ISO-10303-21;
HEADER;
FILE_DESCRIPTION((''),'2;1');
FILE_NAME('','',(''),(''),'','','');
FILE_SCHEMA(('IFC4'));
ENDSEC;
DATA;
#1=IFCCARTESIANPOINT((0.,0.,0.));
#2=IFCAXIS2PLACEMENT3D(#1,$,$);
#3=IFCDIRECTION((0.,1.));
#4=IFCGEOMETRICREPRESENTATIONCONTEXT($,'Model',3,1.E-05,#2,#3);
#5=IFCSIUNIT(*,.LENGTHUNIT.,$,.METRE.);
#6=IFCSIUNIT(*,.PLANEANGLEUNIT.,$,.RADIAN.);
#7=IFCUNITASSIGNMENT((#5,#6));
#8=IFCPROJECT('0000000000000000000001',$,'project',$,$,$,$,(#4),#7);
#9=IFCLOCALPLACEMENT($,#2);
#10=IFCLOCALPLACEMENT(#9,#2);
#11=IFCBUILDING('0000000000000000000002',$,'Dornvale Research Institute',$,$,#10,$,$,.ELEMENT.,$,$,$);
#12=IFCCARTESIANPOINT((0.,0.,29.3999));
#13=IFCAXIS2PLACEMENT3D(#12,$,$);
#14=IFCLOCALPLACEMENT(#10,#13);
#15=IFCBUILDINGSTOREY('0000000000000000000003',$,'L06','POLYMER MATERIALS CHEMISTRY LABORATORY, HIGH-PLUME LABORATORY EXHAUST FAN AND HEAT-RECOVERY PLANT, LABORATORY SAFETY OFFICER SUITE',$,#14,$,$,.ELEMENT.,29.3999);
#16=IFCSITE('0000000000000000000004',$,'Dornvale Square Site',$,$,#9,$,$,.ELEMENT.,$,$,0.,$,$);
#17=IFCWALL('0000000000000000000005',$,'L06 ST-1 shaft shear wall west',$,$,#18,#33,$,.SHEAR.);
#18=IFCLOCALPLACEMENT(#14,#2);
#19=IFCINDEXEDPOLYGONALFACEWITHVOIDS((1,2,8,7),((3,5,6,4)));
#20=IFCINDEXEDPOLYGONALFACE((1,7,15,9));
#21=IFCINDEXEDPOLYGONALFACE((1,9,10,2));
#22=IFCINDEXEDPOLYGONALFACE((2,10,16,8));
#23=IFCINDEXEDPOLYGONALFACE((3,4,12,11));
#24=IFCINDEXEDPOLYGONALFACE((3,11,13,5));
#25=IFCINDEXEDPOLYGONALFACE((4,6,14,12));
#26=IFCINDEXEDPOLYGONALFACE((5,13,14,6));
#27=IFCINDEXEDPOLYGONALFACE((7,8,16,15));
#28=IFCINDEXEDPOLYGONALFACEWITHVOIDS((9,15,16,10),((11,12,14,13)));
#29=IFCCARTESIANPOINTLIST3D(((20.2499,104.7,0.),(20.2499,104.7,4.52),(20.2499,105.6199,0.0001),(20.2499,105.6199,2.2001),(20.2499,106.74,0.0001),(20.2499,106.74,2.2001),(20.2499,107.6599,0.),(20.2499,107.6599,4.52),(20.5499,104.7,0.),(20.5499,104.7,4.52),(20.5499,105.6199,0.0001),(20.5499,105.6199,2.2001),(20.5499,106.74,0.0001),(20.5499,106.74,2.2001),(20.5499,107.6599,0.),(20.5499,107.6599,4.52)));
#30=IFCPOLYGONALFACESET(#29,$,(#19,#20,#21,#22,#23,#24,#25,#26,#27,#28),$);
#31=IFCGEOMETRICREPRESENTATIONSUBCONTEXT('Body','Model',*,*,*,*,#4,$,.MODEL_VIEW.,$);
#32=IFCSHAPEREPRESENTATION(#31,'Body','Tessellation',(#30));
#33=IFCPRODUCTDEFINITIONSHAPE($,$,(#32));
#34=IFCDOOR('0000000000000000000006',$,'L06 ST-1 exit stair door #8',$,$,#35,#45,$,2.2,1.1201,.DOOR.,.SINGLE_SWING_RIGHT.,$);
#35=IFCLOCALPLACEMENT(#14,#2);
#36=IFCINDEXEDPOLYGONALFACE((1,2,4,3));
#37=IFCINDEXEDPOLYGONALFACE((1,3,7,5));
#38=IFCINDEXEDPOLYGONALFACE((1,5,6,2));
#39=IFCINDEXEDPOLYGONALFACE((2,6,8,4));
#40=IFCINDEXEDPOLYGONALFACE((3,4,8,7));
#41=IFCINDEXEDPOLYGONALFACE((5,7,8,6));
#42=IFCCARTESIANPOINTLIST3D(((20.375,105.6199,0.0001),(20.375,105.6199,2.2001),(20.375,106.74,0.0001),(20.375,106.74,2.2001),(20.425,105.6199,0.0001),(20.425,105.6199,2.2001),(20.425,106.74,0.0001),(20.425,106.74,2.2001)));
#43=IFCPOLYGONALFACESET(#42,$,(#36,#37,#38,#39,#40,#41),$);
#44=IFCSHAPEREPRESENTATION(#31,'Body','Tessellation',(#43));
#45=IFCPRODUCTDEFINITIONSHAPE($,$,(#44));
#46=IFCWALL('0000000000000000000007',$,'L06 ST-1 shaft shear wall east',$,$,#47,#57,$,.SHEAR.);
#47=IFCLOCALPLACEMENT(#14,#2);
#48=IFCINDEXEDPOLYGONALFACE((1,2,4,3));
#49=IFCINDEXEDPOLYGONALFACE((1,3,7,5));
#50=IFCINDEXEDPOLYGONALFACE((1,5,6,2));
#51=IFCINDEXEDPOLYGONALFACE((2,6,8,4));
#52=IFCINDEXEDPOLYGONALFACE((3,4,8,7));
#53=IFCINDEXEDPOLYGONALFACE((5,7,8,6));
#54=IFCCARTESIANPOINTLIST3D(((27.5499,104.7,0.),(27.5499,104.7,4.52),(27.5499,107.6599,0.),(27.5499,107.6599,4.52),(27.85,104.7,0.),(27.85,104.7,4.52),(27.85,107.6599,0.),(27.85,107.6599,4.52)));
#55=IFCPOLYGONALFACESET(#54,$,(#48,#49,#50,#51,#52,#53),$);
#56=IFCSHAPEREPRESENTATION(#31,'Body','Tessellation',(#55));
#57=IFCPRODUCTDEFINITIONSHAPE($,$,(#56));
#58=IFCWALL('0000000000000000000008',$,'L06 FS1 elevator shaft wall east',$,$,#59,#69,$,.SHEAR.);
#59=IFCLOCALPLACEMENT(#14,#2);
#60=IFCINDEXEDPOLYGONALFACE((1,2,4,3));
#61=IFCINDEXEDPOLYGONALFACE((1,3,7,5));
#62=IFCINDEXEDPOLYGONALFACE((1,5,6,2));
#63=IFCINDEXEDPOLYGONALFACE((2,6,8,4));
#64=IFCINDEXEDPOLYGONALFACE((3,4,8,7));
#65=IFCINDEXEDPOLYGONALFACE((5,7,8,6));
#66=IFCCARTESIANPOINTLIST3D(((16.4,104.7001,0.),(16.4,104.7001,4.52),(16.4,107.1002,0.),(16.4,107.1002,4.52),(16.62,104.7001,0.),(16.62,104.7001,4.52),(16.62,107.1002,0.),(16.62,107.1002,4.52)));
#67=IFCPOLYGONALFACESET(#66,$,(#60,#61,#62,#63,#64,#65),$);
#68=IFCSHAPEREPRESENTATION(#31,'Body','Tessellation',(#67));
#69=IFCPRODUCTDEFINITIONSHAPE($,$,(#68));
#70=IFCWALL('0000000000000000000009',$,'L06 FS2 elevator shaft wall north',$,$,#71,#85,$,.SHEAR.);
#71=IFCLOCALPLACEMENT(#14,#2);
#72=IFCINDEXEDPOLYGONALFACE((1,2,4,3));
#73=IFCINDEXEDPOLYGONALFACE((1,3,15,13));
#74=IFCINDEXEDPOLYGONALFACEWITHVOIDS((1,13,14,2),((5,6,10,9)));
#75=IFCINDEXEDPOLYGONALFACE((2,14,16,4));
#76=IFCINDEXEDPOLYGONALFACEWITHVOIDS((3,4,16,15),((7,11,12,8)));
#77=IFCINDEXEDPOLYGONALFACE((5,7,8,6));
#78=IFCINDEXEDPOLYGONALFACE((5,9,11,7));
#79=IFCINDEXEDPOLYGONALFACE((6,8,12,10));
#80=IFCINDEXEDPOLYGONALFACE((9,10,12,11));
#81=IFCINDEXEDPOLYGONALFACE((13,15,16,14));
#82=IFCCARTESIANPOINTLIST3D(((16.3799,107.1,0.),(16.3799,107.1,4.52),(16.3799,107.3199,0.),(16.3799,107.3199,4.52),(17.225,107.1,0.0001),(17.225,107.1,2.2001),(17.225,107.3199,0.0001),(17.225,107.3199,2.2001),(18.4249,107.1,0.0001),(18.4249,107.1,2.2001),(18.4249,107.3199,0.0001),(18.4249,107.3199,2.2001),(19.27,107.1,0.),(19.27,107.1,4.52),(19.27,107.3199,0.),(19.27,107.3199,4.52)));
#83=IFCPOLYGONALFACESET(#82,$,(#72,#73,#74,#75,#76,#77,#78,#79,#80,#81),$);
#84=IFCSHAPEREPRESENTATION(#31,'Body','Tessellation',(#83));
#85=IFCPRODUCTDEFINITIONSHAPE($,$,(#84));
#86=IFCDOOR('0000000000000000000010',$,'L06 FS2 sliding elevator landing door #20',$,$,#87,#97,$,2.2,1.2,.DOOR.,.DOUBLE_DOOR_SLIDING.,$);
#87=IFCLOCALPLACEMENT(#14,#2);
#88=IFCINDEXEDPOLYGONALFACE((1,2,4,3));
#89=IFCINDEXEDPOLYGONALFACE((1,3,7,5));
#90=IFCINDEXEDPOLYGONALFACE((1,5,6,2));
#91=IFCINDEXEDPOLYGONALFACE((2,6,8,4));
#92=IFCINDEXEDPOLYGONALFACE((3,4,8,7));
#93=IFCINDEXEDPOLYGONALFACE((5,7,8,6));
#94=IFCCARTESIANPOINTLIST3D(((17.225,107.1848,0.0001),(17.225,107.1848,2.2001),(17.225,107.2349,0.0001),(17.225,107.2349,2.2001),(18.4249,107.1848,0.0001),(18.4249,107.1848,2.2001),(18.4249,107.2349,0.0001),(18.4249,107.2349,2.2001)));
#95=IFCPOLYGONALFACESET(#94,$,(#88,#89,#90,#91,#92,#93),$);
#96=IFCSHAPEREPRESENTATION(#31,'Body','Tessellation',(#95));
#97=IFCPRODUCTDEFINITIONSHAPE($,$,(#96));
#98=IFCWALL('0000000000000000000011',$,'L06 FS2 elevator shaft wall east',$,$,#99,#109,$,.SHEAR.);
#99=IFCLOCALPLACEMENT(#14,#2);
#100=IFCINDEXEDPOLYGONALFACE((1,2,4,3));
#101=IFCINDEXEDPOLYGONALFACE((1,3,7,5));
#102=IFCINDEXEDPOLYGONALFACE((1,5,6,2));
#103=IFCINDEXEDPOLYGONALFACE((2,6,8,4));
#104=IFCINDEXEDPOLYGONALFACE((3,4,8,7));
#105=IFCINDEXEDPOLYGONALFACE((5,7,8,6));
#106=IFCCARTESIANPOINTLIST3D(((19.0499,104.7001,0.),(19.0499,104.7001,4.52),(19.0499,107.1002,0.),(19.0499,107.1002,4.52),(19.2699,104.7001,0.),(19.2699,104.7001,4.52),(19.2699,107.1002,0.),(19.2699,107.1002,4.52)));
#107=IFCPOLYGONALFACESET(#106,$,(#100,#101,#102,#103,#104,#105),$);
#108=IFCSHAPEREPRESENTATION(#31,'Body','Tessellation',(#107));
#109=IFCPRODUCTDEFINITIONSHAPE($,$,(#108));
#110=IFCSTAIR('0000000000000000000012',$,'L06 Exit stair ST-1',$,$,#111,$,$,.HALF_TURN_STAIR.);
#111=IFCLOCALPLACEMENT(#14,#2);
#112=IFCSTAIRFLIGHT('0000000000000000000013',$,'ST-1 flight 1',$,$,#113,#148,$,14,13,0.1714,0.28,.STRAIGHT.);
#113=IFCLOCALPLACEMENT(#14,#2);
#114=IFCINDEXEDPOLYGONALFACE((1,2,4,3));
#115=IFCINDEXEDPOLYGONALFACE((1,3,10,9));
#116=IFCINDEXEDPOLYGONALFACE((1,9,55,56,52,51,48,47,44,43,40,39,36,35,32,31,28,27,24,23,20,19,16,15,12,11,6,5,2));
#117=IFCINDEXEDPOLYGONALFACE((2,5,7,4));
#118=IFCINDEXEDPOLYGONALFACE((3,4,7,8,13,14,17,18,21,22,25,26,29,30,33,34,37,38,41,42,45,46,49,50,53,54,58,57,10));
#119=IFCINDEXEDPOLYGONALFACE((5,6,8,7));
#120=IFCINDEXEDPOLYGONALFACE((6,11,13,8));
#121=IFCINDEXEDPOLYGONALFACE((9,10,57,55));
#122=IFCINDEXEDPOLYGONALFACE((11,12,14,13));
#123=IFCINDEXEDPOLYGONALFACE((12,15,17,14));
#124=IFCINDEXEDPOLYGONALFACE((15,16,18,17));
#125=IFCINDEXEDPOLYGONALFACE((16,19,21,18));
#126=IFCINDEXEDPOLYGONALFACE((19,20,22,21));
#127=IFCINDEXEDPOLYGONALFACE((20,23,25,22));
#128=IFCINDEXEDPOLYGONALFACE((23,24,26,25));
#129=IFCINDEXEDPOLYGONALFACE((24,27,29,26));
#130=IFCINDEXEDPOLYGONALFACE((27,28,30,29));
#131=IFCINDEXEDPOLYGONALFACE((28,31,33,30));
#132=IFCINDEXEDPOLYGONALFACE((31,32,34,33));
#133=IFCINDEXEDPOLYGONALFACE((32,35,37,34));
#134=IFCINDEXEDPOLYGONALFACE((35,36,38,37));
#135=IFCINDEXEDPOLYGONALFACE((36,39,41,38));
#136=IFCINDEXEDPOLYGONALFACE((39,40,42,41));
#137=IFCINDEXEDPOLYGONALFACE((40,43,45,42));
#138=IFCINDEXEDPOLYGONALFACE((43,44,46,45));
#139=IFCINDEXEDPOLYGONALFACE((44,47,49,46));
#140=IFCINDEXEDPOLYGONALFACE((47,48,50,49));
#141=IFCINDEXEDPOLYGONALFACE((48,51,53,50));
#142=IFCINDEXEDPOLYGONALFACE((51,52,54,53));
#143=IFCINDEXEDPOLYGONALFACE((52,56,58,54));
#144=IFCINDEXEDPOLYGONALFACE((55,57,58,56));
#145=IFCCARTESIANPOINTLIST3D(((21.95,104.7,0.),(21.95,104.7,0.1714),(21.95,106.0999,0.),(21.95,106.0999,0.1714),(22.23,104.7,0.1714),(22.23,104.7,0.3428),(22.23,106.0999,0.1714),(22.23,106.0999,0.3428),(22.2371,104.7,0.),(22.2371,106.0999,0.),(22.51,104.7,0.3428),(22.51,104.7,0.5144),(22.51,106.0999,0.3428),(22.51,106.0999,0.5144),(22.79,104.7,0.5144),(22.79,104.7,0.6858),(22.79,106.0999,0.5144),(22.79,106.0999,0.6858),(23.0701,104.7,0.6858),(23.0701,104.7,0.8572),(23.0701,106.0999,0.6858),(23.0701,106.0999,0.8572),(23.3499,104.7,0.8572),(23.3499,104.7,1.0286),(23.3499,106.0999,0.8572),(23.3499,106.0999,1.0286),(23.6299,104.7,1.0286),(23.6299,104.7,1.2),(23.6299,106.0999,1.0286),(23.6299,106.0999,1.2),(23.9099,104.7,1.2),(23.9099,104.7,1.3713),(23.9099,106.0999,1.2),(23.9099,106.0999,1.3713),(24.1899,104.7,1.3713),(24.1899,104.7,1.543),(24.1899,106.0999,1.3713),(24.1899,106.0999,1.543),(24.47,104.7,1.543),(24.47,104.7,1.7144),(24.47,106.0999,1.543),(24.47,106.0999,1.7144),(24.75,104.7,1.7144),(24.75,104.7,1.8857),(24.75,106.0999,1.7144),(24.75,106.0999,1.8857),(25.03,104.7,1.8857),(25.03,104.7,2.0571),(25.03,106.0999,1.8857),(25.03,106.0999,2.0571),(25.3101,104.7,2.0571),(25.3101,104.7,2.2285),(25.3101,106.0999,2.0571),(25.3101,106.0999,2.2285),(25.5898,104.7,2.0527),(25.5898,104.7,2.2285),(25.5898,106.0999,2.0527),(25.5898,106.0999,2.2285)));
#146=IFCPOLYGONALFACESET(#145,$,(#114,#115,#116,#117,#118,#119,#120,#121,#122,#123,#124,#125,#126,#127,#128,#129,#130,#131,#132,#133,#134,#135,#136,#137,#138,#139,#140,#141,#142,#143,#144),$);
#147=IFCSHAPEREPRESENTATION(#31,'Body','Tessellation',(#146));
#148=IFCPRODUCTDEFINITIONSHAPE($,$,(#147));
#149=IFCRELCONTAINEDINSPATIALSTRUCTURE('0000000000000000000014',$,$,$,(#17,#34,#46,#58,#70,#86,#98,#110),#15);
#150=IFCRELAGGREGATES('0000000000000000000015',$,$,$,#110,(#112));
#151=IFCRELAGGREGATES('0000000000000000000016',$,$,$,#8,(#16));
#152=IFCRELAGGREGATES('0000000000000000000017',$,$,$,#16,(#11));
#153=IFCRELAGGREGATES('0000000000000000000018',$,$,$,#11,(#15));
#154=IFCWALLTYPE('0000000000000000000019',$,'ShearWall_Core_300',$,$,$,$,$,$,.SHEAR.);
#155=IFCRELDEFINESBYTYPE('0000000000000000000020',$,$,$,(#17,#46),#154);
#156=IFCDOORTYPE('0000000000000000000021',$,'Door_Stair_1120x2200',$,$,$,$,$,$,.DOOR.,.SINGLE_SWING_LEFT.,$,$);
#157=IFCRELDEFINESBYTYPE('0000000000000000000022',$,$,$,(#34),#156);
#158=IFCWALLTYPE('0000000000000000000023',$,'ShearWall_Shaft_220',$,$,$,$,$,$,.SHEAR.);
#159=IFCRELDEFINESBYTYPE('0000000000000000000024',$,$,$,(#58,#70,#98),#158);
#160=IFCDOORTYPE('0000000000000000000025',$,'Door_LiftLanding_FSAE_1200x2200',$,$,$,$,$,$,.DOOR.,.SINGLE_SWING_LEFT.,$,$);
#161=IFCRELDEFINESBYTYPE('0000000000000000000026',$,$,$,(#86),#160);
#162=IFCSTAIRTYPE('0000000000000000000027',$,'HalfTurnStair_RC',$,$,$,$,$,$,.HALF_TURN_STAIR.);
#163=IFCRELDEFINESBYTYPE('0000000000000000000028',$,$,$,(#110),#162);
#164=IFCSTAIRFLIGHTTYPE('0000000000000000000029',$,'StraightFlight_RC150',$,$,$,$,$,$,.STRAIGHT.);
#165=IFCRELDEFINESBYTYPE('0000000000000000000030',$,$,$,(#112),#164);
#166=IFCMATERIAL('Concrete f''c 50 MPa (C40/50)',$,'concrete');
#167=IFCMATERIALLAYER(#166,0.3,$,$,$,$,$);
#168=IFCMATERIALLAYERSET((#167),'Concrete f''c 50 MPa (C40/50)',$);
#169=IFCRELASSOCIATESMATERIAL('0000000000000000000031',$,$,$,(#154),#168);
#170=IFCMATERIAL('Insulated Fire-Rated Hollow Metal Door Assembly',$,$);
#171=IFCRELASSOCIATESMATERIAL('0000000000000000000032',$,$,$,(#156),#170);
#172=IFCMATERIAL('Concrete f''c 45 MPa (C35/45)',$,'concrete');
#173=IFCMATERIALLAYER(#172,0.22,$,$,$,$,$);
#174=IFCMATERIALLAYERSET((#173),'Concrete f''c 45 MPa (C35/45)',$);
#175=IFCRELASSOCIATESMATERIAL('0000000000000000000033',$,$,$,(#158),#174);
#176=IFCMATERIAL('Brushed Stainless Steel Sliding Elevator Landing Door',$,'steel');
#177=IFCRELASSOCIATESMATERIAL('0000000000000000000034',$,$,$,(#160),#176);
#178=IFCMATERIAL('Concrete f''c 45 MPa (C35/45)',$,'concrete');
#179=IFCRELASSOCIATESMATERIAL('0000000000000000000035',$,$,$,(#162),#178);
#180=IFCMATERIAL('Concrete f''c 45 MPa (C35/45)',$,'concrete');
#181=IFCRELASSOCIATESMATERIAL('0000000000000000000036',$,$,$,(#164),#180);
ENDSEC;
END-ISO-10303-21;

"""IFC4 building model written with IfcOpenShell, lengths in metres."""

from ifc_helpers import new_model, si_unit, direction, frame, frame_2d, origin, place, context, subcontext, project, spatial, polyline, rectangle, outline, extrude, material, layer, layer_set, type_object, element, fill, aggregate, save


model = new_model("IFC4")

# Units and contexts
model_context = context("Model", 3, precision=1e-05, world=origin(), true_north=direction((0.0, 1.0)))
body_context = subcontext(model_context, "Body", "Model", "MODEL_VIEW")
ifc_project = project(units=[si_unit("LENGTHUNIT", "METRE"), si_unit("PLANEANGLEUNIT", "RADIAN")], contexts=[model_context])

# Site, building, storey
site_placement = place(None, origin())
site = spatial("IfcSite", under=ifc_project, at=site_placement, Name="Dornvale Square Site", CompositionType="ELEMENT", RefElevation=0.0)
building_placement = place(site_placement, origin())
building = spatial("IfcBuilding", under=site, at=building_placement, Name="Dornvale Research Institute", CompositionType="ELEMENT")
storey_placement = place(building_placement, frame((0.0, 0.0, 29.3999)))
storey = spatial("IfcBuildingStorey", under=building, at=storey_placement, Name="L06", Description="POLYMER MATERIALS CHEMISTRY LABORATORY, HIGH-PLUME LABORATORY EXHAUST FAN AND HEAT-RECOVERY PLANT, LABORATORY SAFETY OFFICER SUITE", CompositionType="ELEMENT", Elevation=29.3999)

# Shared definitions
ifc_material_1 = material(Name="Concrete f'c 50 MPa (C40/50)", Category="concrete")
ifc_layer_1 = layer(ifc_material_1, 0.3)
ifc_layer_set_1 = layer_set([ifc_layer_1], Name="Concrete f'c 50 MPa (C40/50)")
wall_type_1 = type_object("IfcWallType", Name="ShearWall_Core_300", PredefinedType="SHEAR", material=ifc_layer_set_1)

# Wall, opening, door
wall_1_placement = place(storey_placement, frame((20.3999, 104.7, 0.0), z_axis=(0.0, 0.0, 1.0), x_axis=(0.0, 1.0, 0.0)))
wall_1 = element("IfcWall", 1, at=wall_1_placement, inside=storey, type_object=wall_type_1, Name="L06 ST-1 shaft shear wall west", PredefinedType="SHEAR", context=body_context, shape_type="SweptSolid", body=[
    extrude(rectangle(XDim=2.96, YDim=0.3, at=frame_2d((1.48, 0.0))), origin(), (0.0, 0.0, 1.0), 4.52),
])
opening_1_placement = place(wall_1_placement, frame((0.9199, 0.0, 0.0)))
opening_1 = element("IfcOpeningElement", 2, at=opening_1_placement, cuts=wall_1, PredefinedType="OPENING", context=body_context, shape_type="SweptSolid", body=[
    extrude(rectangle(XDim=1.1201, YDim=2.2, at=frame_2d((0.5601, 1.1001))), frame((0.0, 0.165, 0.0), z_axis=(0.0, -1.0, 0.0), x_axis=(1.0, 0.0, 0.0)), (0.0, 0.0, 1.0), 0.3301),
])
ifc_material_2 = material(Name="Insulated Fire-Rated Hollow Metal Door Assembly")
door_type_1 = type_object("IfcDoorType", Name="Door_Stair_1120x2200", OperationType="SINGLE_SWING_LEFT", PredefinedType="DOOR", material=ifc_material_2)
door_1_placement = place(opening_1_placement, origin())
door_1 = element("IfcDoor", 3, at=door_1_placement, inside=storey, type_object=door_type_1, Name="L06 ST-1 exit stair door #8", OperationType="SINGLE_SWING_RIGHT", OverallHeight=2.2, OverallWidth=1.1201, PredefinedType="DOOR", context=body_context, shape_type="SweptSolid", body=[
    extrude(rectangle(XDim=1.1201, YDim=2.2, at=frame_2d((0.5601, 1.1001))), frame((0.0, 0.0249, 0.0), z_axis=(0.0, -1.0, 0.0), x_axis=(1.0, 0.0, 0.0)), (0.0, 0.0, 1.0), 0.05),
])
fill(opening_1, door_1)

# Walls
wall_2_placement = place(storey_placement, frame((27.7, 104.7, 0.0), z_axis=(0.0, 0.0, 1.0), x_axis=(0.0, 1.0, 0.0)))
element("IfcWall", 4, at=wall_2_placement, inside=storey, type_object=wall_type_1, Name="L06 ST-1 shaft shear wall east", PredefinedType="SHEAR", context=body_context, shape_type="SweptSolid", body=[
    extrude(rectangle(XDim=2.96, YDim=0.3, at=frame_2d((1.48, 0.0))), origin(), (0.0, 0.0, 1.0), 4.52),
])
ifc_material_3 = material(Name="Concrete f'c 45 MPa (C35/45)", Category="concrete")
ifc_layer_2 = layer(ifc_material_3, 0.22)
ifc_layer_set_2 = layer_set([ifc_layer_2], Name="Concrete f'c 45 MPa (C35/45)")
wall_type_2 = type_object("IfcWallType", Name="ShearWall_Shaft_220", PredefinedType="SHEAR", material=ifc_layer_set_2)
wall_3_placement = place(storey_placement, frame((16.51, 104.7, 0.0), z_axis=(0.0, 0.0, 1.0), x_axis=(0.0, 1.0, 0.0)))
element("IfcWall", 5, at=wall_3_placement, inside=storey, type_object=wall_type_2, Name="L06 FS1 elevator shaft wall east", PredefinedType="SHEAR", context=body_context, shape_type="SweptSolid", body=[
    extrude(rectangle(XDim=2.4001, YDim=0.22, at=frame_2d((1.2002, 0.0))), origin(), (0.0, 0.0, 1.0), 4.52),
])

# Wall, opening, door
wall_4_placement = place(storey_placement, frame((16.3799, 107.21, 0.0), z_axis=(0.0, 0.0, 1.0), x_axis=(1.0, 0.0, 0.0)))
wall_4 = element("IfcWall", 6, at=wall_4_placement, inside=storey, type_object=wall_type_2, Name="L06 FS2 elevator shaft wall north", PredefinedType="SHEAR", context=body_context, shape_type="SweptSolid", body=[
    extrude(rectangle(XDim=2.8901, YDim=0.22, at=frame_2d((1.4451, 0.0))), origin(), (0.0, 0.0, 1.0), 4.52),
])
opening_2_placement = place(wall_4_placement, frame((0.845, 0.0, 0.0)))
opening_2 = element("IfcOpeningElement", 7, at=opening_2_placement, cuts=wall_4, PredefinedType="OPENING", context=body_context, shape_type="SweptSolid", body=[
    extrude(rectangle(XDim=1.2, YDim=2.2, at=frame_2d((0.6001, 1.1001))), frame((0.0, 0.125, 0.0), z_axis=(0.0, -1.0, 0.0), x_axis=(1.0, 0.0, 0.0)), (0.0, 0.0, 1.0), 0.25),
])
ifc_material_4 = material(Name="Brushed Stainless Steel Sliding Elevator Landing Door", Category="steel")
door_type_2 = type_object("IfcDoorType", Name="Door_LiftLanding_FSAE_1200x2200", OperationType="SINGLE_SWING_LEFT", PredefinedType="DOOR", material=ifc_material_4)
door_2_placement = place(opening_2_placement, origin())
door_2 = element("IfcDoor", 8, at=door_2_placement, inside=storey, type_object=door_type_2, Name="L06 FS2 sliding elevator landing door #20", OperationType="DOUBLE_DOOR_SLIDING", OverallHeight=2.2, OverallWidth=1.2, PredefinedType="DOOR", context=body_context, shape_type="SweptSolid", body=[
    extrude(rectangle(XDim=1.2, YDim=2.2, at=frame_2d((0.6001, 1.1001))), frame((0.0, 0.0249, 0.0), z_axis=(0.0, -1.0, 0.0), x_axis=(1.0, 0.0, 0.0)), (0.0, 0.0, 1.0), 0.05),
])
fill(opening_2, door_2)

# Wall
wall_5_placement = place(storey_placement, frame((19.1599, 104.7, 0.0), z_axis=(0.0, 0.0, 1.0), x_axis=(0.0, 1.0, 0.0)))
element("IfcWall", 9, at=wall_5_placement, inside=storey, type_object=wall_type_2, Name="L06 FS2 elevator shaft wall east", PredefinedType="SHEAR", context=body_context, shape_type="SweptSolid", body=[
    extrude(rectangle(XDim=2.4001, YDim=0.22, at=frame_2d((1.2002, 0.0))), origin(), (0.0, 0.0, 1.0), 4.52),
])

# Stair, stair flight
ifc_material_5 = material(Name="Concrete f'c 45 MPa (C35/45)", Category="concrete")
stair_type = type_object("IfcStairType", Name="HalfTurnStair_RC", PredefinedType="HALF_TURN_STAIR", material=ifc_material_5)
stair_placement = place(storey_placement, origin())
stair = element("IfcStair", 10, at=stair_placement, inside=storey, type_object=stair_type, Name="L06 Exit stair ST-1", PredefinedType="HALF_TURN_STAIR")
ifc_material_6 = material(Name="Concrete f'c 45 MPa (C35/45)", Category="concrete")
stair_flight_type = type_object("IfcStairFlightType", Name="StraightFlight_RC150", PredefinedType="STRAIGHT", material=ifc_material_6)
stair_flight_1_placement = place(storey_placement, frame((21.95, 105.3999, 0.0), z_axis=(0.0, 0.0, 1.0), x_axis=(1.0, 0.0, 0.0)))
stair_flight_1 = element("IfcStairFlight", 11, at=stair_flight_1_placement, type_object=stair_flight_type, Name="ST-1 flight 1", NumberOfRisers=14, NumberOfTreads=13, PredefinedType="STRAIGHT", RiserHeight=0.1714, TreadLength=0.28, context=body_context, shape_type="SweptSolid", body=[
    extrude(outline(polyline([(0.0, 0.0), (0.0, 0.1714), (0.28, 0.1714), (0.28, 0.3428), (0.5601, 0.3428), (0.5601, 0.5144), (0.8401, 0.5144), (0.8401, 0.6858), (1.1201, 0.6858), (1.1201, 0.8572), (1.3999, 0.8572), (1.3999, 1.0286), (1.6799, 1.0286), (1.6799, 1.2), (1.96, 1.2), (1.96, 1.3713), (2.24, 1.3713), (2.24, 1.543), (2.52, 1.543), (2.52, 1.7144), (2.8, 1.7144), (2.8, 1.8857), (3.0801, 1.8857), (3.0801, 2.0571), (3.3601, 2.0571), (3.3601, 2.2285), (3.6399, 2.2285), (3.6399, 2.3999), (3.6399, 2.0527), (0.2871, 0.0), (0.0, 0.0)])), frame((0.0, 0.7, 0.0), z_axis=(0.0, -1.0, 0.0), x_axis=(1.0, 0.0, 0.0)), (0.0, 0.0, 1.0), 1.3999),
])
aggregate(stair, [stair_flight_1])

save(model, "model.ifc")
